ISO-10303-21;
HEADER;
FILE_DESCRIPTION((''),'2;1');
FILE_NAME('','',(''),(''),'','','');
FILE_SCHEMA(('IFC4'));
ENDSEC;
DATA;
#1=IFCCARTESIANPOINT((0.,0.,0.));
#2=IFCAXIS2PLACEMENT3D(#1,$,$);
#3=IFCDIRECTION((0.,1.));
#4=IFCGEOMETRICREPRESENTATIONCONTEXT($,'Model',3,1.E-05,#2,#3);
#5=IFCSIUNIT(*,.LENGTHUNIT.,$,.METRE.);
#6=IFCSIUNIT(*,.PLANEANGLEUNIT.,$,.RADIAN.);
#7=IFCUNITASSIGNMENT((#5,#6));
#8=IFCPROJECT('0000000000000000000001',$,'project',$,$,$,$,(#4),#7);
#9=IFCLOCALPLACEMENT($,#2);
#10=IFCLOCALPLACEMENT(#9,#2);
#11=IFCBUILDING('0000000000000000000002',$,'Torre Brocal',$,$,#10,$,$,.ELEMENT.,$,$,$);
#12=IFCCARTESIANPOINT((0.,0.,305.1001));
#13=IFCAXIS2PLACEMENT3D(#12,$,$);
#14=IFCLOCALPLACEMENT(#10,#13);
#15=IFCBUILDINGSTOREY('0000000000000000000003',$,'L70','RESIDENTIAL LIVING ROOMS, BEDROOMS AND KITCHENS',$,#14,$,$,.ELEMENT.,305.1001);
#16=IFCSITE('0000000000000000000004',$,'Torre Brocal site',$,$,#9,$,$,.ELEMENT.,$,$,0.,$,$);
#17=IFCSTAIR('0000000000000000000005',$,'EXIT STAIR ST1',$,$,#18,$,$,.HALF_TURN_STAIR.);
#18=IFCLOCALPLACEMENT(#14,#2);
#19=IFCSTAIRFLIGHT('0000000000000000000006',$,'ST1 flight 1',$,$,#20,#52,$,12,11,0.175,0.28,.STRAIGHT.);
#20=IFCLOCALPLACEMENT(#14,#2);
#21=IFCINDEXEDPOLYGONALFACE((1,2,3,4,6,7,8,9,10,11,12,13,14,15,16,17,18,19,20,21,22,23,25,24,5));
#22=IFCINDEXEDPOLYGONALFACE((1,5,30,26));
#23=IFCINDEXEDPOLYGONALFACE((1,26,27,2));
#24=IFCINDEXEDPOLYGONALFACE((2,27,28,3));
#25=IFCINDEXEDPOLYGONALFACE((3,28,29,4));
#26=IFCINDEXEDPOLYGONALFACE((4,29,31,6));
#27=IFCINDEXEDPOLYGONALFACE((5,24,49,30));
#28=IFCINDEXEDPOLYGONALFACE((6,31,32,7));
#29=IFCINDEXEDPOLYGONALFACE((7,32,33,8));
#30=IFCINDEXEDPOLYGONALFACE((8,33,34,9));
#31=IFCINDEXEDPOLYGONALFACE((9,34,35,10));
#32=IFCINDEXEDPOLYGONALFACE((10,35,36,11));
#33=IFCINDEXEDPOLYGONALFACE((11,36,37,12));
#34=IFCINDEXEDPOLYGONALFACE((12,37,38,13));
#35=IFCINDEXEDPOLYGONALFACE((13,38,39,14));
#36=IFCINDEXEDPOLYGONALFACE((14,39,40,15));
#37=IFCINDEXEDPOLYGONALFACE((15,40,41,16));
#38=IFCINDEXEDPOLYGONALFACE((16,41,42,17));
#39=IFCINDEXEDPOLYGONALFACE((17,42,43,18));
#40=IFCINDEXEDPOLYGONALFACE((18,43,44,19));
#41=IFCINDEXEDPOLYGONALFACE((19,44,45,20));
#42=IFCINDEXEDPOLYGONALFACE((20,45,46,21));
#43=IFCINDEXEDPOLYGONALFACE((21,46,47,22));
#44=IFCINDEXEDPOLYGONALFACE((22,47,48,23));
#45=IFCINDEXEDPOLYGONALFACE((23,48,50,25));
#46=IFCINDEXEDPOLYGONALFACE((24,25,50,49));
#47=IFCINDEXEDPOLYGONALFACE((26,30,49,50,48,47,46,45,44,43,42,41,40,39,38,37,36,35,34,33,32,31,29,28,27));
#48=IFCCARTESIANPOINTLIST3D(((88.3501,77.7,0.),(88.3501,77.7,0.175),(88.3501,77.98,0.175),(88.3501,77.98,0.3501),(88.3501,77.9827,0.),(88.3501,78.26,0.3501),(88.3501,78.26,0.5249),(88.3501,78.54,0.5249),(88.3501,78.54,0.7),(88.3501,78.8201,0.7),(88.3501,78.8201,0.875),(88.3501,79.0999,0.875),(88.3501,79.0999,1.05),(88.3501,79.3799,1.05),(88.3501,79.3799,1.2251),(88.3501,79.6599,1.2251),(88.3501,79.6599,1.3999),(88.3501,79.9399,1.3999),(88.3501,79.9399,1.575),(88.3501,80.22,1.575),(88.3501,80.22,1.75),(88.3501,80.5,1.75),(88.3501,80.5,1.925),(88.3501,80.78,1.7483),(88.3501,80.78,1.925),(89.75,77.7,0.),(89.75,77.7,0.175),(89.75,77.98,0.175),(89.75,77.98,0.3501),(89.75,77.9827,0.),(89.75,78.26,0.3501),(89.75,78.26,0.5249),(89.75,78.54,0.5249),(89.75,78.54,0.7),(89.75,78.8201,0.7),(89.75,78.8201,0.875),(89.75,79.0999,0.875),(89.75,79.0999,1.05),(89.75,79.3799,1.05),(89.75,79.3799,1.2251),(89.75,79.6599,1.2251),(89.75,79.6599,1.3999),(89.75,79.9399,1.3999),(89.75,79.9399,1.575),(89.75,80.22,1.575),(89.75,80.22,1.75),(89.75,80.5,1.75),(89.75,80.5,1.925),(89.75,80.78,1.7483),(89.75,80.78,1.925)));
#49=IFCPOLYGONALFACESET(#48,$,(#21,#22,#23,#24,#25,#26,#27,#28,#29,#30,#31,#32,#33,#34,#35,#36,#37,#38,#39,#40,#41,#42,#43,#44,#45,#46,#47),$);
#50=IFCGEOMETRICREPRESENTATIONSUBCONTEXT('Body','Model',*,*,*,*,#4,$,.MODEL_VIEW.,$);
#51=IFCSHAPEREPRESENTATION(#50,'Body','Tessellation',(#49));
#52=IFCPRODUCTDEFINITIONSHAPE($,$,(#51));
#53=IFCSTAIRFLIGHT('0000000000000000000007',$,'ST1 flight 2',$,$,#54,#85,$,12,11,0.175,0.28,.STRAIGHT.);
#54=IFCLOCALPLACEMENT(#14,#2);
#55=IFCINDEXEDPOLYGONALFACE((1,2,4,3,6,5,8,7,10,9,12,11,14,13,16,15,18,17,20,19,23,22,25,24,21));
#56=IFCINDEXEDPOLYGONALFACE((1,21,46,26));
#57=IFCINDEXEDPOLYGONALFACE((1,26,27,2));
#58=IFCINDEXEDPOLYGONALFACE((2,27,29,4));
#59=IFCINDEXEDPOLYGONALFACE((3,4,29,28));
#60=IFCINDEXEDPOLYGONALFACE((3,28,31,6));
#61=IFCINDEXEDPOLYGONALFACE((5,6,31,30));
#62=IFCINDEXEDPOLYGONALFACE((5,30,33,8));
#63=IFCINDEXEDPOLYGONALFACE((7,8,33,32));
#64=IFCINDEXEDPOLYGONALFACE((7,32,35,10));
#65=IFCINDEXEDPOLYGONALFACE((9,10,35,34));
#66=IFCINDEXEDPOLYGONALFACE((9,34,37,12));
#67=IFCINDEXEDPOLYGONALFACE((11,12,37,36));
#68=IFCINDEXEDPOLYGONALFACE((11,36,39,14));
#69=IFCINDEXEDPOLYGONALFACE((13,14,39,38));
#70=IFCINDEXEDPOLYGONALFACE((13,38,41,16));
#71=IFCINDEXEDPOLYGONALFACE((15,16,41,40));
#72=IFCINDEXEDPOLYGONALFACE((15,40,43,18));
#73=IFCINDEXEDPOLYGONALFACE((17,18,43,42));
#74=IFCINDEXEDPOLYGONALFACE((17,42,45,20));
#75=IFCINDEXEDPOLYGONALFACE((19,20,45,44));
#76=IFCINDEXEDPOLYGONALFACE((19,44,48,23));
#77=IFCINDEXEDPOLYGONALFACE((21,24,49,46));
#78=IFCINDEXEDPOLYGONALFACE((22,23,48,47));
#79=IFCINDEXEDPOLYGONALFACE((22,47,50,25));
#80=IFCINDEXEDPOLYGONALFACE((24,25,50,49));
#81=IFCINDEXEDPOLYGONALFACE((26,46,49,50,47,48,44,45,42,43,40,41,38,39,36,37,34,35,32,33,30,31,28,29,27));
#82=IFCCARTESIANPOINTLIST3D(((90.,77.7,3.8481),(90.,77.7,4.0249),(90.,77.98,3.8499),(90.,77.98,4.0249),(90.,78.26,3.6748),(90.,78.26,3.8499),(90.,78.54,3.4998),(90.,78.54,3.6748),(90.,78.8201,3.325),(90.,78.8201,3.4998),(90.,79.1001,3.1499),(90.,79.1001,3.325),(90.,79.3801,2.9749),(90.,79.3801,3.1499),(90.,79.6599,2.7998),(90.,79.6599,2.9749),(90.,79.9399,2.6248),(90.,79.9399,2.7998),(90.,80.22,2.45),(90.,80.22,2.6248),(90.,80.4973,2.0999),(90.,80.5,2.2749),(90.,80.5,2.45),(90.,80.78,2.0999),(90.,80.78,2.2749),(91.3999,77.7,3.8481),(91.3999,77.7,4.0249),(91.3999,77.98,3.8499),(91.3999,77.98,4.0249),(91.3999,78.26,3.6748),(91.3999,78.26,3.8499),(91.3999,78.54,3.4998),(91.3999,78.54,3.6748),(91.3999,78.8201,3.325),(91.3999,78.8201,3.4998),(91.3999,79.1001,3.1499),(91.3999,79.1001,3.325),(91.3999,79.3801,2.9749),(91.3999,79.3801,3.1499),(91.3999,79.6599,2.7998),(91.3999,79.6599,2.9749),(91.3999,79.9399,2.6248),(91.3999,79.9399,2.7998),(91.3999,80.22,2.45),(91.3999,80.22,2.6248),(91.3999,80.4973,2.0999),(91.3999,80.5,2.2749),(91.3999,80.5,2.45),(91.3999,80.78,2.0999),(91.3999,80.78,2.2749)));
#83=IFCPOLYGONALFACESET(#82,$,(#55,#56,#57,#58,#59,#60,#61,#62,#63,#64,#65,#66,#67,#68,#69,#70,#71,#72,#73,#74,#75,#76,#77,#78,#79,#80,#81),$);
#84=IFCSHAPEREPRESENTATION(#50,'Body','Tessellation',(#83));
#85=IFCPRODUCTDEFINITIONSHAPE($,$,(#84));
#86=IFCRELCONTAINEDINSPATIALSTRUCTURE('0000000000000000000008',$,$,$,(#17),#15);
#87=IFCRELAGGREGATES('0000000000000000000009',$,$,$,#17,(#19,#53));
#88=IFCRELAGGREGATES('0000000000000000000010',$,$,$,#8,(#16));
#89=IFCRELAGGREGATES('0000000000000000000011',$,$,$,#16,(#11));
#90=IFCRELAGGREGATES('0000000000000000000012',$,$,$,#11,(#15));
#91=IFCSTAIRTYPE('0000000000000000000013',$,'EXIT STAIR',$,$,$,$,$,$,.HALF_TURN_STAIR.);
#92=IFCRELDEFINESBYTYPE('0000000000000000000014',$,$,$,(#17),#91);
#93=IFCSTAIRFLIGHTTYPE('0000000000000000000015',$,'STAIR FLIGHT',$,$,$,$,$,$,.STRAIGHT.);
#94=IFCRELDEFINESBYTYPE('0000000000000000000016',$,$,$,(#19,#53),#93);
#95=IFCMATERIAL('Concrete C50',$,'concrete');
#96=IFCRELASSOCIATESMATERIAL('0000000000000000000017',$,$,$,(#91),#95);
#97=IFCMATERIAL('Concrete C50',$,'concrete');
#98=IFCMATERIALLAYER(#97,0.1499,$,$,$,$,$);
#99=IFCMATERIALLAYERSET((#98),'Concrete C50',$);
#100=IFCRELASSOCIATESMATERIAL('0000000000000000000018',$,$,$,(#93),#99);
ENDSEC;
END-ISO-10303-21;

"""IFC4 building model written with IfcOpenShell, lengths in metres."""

from ifc_helpers import new_model, si_unit, direction, frame, origin, place, context, subcontext, project, spatial, polyline, outline, extrude, material, layer, layer_set, type_object, element, aggregate, save


model = new_model("IFC4")

# Units and contexts
model_context = context("Model", 3, precision=1e-05, world=origin(), true_north=direction((0.0, 1.0)))
body_context = subcontext(model_context, "Body", "Model", "MODEL_VIEW")
ifc_project = project(units=[si_unit("LENGTHUNIT", "METRE"), si_unit("PLANEANGLEUNIT", "RADIAN")], contexts=[model_context])

# Site, building, storey
site_placement = place(None, origin())
site = spatial("IfcSite", under=ifc_project, at=site_placement, Name="Torre Brocal site", CompositionType="ELEMENT", RefElevation=0.0)
building_placement = place(site_placement, origin())
building = spatial("IfcBuilding", under=site, at=building_placement, Name="Torre Brocal", CompositionType="ELEMENT")
storey_placement = place(building_placement, frame((0.0, 0.0, 305.1001)))
storey = spatial("IfcBuildingStorey", under=building, at=storey_placement, Name="L70", Description="RESIDENTIAL LIVING ROOMS, BEDROOMS AND KITCHENS", CompositionType="ELEMENT", Elevation=305.1001)

# Stair, stair flights
ifc_material_1 = material(Name="Concrete C50", Category="concrete")
stair_type = type_object("IfcStairType", Name="EXIT STAIR", PredefinedType="HALF_TURN_STAIR", material=ifc_material_1)
stair_placement = place(storey_placement, origin())
stair = element("IfcStair", 1, at=stair_placement, inside=storey, type_object=stair_type, Name="EXIT STAIR ST1", PredefinedType="HALF_TURN_STAIR")
ifc_material_2 = material(Name="Concrete C50", Category="concrete")
ifc_layer_1 = layer(ifc_material_2, 0.1499)
ifc_layer_set_1 = layer_set([ifc_layer_1], Name="Concrete C50")
stair_flight_type = type_object("IfcStairFlightType", Name="STAIR FLIGHT", PredefinedType="STRAIGHT", material=ifc_layer_set_1)
stair_flight_1_placement = place(storey_placement, frame((89.05, 77.7, 0.0), z_axis=(0.0, 0.0, 1.0), x_axis=(0.0, 1.0, 0.0)))
stair_flight_1 = element("IfcStairFlight", 2, at=stair_flight_1_placement, type_object=stair_flight_type, Name="ST1 flight 1", NumberOfRisers=12, NumberOfTreads=11, PredefinedType="STRAIGHT", RiserHeight=0.175, TreadLength=0.28, context=body_context, shape_type="SweptSolid", body=[
    extrude(outline(polyline([(0.0, 0.0), (0.0, 0.175), (0.28, 0.175), (0.28, 0.3501), (0.5601, 0.3501), (0.5601, 0.5249), (0.8401, 0.5249), (0.8401, 0.7), (1.1201, 0.7), (1.1201, 0.875), (1.3999, 0.875), (1.3999, 1.05), (1.6799, 1.05), (1.6799, 1.2251), (1.96, 1.2251), (1.96, 1.3999), (2.24, 1.3999), (2.24, 1.575), (2.52, 1.575), (2.52, 1.75), (2.8, 1.75), (2.8, 1.925), (3.0801, 1.925), (3.0801, 2.1001), (3.0801, 1.7483), (0.2827, 0.0), (0.0, 0.0)])), frame((0.0, 0.7, 0.0), z_axis=(0.0, -1.0, 0.0), x_axis=(1.0, 0.0, 0.0)), (0.0, 0.0, 1.0), 1.3999),
])
stair_flight_2_placement = place(storey_placement, frame((90.7, 80.78, 2.0999), z_axis=(0.0, 0.0, 1.0), x_axis=(0.0, -1.0, 0.0)))
stair_flight_2 = element("IfcStairFlight", 3, at=stair_flight_2_placement, type_object=stair_flight_type, Name="ST1 flight 2", NumberOfRisers=12, NumberOfTreads=11, PredefinedType="STRAIGHT", RiserHeight=0.175, TreadLength=0.28, context=body_context, shape_type="SweptSolid", body=[
    extrude(outline(polyline([(0.0, 0.0), (0.0, 0.175), (0.28, 0.175), (0.28, 0.3501), (0.5601, 0.3501), (0.5601, 0.5249), (0.8401, 0.5249), (0.8401, 0.7), (1.1201, 0.7), (1.1201, 0.875), (1.3999, 0.875), (1.3999, 1.05), (1.6799, 1.05), (1.6799, 1.2251), (1.96, 1.2251), (1.96, 1.3999), (2.24, 1.3999), (2.24, 1.575), (2.52, 1.575), (2.52, 1.75), (2.8, 1.75), (2.8, 1.925), (3.0801, 1.925), (3.0801, 2.1001), (3.0801, 1.7483), (0.2827, 0.0), (0.0, 0.0)])), frame((0.0, 0.7, 0.0), z_axis=(0.0, -1.0, 0.0), x_axis=(1.0, 0.0, 0.0)), (0.0, 0.0, 1.0), 1.3999),
])
aggregate(stair, [stair_flight_1, stair_flight_2])

save(model, "model.ifc")
